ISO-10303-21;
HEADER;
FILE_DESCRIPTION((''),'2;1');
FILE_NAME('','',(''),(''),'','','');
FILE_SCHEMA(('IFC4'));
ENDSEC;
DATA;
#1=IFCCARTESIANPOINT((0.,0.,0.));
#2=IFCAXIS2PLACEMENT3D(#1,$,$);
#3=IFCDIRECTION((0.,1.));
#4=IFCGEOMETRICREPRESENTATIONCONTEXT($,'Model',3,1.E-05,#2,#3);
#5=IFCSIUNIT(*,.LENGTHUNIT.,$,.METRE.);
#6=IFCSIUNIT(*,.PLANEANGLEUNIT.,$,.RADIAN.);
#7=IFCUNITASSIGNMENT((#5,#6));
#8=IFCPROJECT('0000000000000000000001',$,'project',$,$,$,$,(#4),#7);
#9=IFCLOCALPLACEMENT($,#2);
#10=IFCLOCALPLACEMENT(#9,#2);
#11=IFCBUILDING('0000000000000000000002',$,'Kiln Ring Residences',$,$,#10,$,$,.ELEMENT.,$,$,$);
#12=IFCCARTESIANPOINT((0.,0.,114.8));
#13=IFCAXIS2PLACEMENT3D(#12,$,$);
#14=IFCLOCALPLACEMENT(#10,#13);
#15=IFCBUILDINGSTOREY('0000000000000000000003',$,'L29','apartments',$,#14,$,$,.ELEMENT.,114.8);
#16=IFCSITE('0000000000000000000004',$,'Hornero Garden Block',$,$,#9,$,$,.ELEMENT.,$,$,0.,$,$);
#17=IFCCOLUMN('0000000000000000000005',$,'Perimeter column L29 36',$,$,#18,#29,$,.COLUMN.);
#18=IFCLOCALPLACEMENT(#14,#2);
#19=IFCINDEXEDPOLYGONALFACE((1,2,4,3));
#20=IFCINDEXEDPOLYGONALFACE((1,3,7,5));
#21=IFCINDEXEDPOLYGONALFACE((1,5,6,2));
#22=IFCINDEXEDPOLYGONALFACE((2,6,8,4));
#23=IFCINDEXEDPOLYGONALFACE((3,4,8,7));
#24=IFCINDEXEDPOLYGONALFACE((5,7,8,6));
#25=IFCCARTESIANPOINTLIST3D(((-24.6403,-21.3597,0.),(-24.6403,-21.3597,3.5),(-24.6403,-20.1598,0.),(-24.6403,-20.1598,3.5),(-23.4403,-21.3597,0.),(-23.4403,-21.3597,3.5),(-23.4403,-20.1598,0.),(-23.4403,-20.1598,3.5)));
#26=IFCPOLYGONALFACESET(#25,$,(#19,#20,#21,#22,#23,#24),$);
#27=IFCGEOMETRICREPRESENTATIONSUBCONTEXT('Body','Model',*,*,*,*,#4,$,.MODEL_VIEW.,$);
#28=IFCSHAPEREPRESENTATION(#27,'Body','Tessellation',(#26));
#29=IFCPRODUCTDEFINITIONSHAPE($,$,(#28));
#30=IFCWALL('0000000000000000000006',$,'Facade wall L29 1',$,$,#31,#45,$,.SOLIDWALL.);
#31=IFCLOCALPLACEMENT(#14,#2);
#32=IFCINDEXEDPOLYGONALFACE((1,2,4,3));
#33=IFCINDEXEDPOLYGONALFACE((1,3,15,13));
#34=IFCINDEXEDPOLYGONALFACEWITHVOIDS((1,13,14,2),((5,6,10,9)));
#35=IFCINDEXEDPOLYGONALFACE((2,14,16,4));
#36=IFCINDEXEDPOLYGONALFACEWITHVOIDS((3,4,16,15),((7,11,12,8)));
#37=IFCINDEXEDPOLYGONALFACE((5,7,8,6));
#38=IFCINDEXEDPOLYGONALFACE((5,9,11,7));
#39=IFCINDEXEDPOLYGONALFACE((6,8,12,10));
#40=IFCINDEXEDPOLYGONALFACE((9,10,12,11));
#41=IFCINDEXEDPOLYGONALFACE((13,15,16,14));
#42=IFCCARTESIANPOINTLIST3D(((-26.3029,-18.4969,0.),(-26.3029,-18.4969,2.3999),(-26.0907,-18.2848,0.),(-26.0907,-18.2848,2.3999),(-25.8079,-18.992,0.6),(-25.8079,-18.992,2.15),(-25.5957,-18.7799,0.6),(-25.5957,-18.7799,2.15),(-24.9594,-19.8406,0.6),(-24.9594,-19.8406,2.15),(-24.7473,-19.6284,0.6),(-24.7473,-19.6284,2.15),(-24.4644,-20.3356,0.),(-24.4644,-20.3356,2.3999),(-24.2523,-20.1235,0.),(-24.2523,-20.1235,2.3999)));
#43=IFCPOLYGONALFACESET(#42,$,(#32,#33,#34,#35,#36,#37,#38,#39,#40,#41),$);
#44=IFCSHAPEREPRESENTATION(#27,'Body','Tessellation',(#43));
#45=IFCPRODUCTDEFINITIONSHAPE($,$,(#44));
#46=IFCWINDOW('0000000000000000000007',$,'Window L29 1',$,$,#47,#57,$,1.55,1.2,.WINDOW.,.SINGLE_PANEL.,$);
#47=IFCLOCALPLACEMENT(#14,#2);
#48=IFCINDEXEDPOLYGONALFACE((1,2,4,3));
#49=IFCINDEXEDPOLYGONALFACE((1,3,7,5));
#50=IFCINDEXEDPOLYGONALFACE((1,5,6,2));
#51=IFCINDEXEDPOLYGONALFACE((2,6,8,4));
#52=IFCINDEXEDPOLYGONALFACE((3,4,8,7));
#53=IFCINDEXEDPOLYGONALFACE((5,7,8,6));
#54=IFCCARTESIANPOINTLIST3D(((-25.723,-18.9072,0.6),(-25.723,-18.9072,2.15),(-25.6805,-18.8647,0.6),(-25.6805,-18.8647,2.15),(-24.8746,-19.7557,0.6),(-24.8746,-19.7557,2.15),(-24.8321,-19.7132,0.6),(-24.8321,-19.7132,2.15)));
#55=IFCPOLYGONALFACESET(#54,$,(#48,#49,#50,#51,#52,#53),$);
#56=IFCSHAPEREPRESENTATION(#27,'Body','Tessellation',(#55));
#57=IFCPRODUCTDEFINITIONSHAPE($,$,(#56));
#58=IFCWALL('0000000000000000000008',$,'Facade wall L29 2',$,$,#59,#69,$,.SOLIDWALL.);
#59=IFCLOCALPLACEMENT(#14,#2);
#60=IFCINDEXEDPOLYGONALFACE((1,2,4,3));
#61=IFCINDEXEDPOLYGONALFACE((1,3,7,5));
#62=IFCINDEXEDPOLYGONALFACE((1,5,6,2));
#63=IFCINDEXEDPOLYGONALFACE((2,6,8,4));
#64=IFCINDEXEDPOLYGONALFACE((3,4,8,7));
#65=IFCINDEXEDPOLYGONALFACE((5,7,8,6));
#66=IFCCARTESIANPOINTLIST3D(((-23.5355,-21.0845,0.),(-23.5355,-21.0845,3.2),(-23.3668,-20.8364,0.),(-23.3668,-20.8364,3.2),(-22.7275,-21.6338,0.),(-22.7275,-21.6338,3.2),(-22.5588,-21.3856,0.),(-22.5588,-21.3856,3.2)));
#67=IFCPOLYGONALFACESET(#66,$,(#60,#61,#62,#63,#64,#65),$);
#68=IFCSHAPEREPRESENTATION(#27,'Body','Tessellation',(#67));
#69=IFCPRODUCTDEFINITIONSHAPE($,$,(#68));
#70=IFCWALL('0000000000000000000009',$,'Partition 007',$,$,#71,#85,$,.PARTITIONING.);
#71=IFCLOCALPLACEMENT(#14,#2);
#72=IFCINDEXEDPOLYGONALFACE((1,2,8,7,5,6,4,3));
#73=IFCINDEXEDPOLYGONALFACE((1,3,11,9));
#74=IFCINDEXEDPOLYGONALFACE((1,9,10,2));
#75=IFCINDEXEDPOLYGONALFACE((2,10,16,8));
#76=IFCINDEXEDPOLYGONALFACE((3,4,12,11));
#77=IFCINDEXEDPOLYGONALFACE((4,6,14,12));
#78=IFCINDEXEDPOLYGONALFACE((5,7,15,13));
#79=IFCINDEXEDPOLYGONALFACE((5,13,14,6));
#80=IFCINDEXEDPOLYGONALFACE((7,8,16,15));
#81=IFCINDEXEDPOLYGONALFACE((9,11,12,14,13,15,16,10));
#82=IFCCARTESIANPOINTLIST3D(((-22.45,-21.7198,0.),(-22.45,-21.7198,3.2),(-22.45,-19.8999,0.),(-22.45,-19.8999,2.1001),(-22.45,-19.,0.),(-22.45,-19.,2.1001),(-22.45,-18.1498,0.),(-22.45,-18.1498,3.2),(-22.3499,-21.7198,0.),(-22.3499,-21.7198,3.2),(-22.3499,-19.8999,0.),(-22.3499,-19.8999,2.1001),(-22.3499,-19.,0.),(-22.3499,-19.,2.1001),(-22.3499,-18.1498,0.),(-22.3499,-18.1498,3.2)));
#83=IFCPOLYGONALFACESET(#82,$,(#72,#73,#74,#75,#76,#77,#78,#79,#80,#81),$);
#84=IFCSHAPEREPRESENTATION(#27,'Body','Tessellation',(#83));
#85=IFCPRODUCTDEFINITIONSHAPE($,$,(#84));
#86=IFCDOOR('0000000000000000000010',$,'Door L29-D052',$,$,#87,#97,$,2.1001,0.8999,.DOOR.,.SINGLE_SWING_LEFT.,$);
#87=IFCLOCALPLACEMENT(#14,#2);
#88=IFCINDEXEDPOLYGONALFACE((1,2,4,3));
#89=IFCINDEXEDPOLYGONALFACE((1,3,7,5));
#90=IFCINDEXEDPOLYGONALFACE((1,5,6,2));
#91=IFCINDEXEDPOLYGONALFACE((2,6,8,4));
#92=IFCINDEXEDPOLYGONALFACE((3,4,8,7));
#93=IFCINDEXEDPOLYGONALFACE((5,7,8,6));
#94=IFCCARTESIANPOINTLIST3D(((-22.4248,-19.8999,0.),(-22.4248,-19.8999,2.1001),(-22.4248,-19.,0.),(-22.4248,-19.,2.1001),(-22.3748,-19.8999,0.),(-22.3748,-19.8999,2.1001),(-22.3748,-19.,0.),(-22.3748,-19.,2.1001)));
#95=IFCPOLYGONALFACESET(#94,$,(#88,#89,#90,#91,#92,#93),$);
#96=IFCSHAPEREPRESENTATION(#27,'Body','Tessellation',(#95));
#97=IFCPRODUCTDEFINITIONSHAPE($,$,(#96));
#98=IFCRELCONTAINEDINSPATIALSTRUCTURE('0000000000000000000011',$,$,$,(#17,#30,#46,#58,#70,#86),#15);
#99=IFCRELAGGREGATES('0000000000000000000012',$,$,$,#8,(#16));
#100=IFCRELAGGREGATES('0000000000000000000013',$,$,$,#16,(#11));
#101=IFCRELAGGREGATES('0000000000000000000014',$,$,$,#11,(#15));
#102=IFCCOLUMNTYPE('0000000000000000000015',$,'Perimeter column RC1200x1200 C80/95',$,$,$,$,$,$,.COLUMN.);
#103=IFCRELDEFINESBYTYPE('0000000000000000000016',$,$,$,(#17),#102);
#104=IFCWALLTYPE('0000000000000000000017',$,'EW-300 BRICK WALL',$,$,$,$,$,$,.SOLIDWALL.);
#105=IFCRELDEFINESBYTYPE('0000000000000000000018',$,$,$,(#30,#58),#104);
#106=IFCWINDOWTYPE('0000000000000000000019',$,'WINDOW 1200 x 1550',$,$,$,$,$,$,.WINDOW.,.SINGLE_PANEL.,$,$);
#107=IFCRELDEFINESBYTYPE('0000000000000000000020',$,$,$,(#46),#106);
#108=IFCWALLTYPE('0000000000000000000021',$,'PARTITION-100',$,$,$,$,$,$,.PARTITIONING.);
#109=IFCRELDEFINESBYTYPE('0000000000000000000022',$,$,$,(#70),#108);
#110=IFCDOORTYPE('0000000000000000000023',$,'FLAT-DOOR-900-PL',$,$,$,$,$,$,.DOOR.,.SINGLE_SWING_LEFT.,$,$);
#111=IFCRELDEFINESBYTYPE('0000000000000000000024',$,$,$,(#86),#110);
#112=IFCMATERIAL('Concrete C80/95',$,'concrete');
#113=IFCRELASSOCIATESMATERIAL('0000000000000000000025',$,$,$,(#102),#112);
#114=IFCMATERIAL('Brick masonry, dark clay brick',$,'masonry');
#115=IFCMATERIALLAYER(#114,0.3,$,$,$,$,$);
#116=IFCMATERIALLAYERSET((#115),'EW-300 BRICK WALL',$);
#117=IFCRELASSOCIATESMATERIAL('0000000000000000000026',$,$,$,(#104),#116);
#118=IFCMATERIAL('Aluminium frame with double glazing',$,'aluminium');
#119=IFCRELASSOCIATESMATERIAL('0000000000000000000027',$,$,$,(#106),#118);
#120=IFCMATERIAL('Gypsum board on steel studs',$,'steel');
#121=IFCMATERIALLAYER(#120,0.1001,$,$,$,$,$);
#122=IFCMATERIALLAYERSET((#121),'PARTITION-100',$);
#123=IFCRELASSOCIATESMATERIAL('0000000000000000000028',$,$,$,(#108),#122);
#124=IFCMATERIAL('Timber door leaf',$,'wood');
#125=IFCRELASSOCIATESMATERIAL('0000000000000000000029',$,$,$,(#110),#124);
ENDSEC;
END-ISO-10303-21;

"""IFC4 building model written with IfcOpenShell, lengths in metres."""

from ifc_helpers import new_model, si_unit, direction, frame, frame_2d, origin, origin_2d, place, context, subcontext, project, spatial, rectangle, extrude, material, layer, layer_set, material_profile, profile_set, type_object, element, fill, save


model = new_model("IFC4")

# Units and contexts
model_context = context("Model", 3, precision=1e-05, world=origin(), true_north=direction((0.0, 1.0)))
body_context = subcontext(model_context, "Body", "Model", "MODEL_VIEW")
ifc_project = project(units=[si_unit("LENGTHUNIT", "METRE"), si_unit("PLANEANGLEUNIT", "RADIAN")], contexts=[model_context])

# Site, building, storey
site_placement = place(None, origin())
site = spatial("IfcSite", under=ifc_project, at=site_placement, Name="Hornero Garden Block", CompositionType="ELEMENT", RefElevation=0.0)
building_placement = place(site_placement, origin())
building = spatial("IfcBuilding", under=site, at=building_placement, Name="Kiln Ring Residences", CompositionType="ELEMENT")
storey_placement = place(building_placement, frame((0.0, 0.0, 114.8)))
storey = spatial("IfcBuildingStorey", under=building, at=storey_placement, Name="L29", Description="apartments", CompositionType="ELEMENT", Elevation=114.8)

# Column
ifc_material_1 = material(Name="Concrete C80/95", Category="concrete")
ifc_material_profile = material_profile(ifc_material_1, rectangle(XDim=1.2, YDim=1.2, at=origin_2d()), Name="RC1200x1200")
ifc_profile_set = profile_set([ifc_material_profile], Name="Concrete C80/95")
column_type = type_object("IfcColumnType", Name="Perimeter column RC1200x1200 C80/95", PredefinedType="COLUMN", material=ifc_profile_set)
column_placement = place(storey_placement, frame((-24.0403, -20.7598, 0.0), z_axis=(0.0, 0.0, 1.0), x_axis=(1.0, 0.0, 0.0)))
element("IfcColumn", 1, at=column_placement, inside=storey, type_object=column_type, Name="Perimeter column L29 36", PredefinedType="COLUMN", context=body_context, shape_type="SweptSolid", body=[
    extrude(rectangle(XDim=1.2, YDim=1.2, at=origin_2d()), origin(), (0.0, 0.0, 1.0), 3.5),
])

# Wall, opening, window
ifc_material_2 = material(Name="Brick masonry, dark clay brick", Category="masonry")
ifc_layer_1 = layer(ifc_material_2, 0.3)
ifc_layer_set_1 = layer_set([ifc_layer_1], Name="EW-300 BRICK WALL")
wall_type_1 = type_object("IfcWallType", Name="EW-300 BRICK WALL", PredefinedType="SOLIDWALL", material=ifc_layer_set_1)
wall_1_placement = place(storey_placement, frame((-26.1968, -18.3909, 0.0), z_axis=(0.0, 0.0, 1.0), x_axis=(0.70706, -0.707154, 0.0)))
wall_1 = element("IfcWall", 2, at=wall_1_placement, inside=storey, type_object=wall_type_1, Name="Facade wall L29 1", PredefinedType="SOLIDWALL", context=body_context, shape_type="SweptSolid", body=[
    extrude(rectangle(XDim=2.6001, YDim=0.3, at=frame_2d((1.3, 0.0))), origin(), (0.0, 0.0, 1.0), 2.3999),
])
opening_1_placement = place(wall_1_placement, frame((0.7, 0.0, 0.6001)))
opening_1 = element("IfcOpeningElement", 3, at=opening_1_placement, cuts=wall_1, PredefinedType="OPENING", context=body_context, shape_type="SweptSolid", body=[
    extrude(rectangle(XDim=1.2, YDim=1.55, at=frame_2d((0.6001, 0.7749))), frame((0.0, 0.1599, 0.0), z_axis=(0.0, -1.0, 0.0), x_axis=(1.0, 0.0, 0.0)), (0.0, 0.0, 1.0), 0.3201),
])
ifc_material_3 = material(Name="Aluminium frame with double glazing", Category="aluminium")
window_type = type_object("IfcWindowType", Name="WINDOW 1200 x 1550", PartitioningType="SINGLE_PANEL", PredefinedType="WINDOW", material=ifc_material_3)
window_placement = place(opening_1_placement, origin())
window = element("IfcWindow", 4, at=window_placement, inside=storey, type_object=window_type, Name="Window L29 1", OverallHeight=1.55, OverallWidth=1.2, PartitioningType="SINGLE_PANEL", PredefinedType="WINDOW", context=body_context, shape_type="SweptSolid", body=[
    extrude(rectangle(XDim=1.2, YDim=1.55, at=frame_2d((0.6001, 0.7749))), frame((0.0, 0.03, 0.0), z_axis=(0.0, -1.0, 0.0), x_axis=(1.0, 0.0, 0.0)), (0.0, 0.0, 1.0), 0.0601),
])
fill(opening_1, window)

# Wall
wall_2_placement = place(storey_placement, frame((-23.4512, -20.9604, 0.0), z_axis=(0.0, 0.0, 1.0), x_axis=(0.827019, -0.562173, 0.0)))
element("IfcWall", 5, at=wall_2_placement, inside=storey, type_object=wall_type_1, Name="Facade wall L29 2", PredefinedType="SOLIDWALL", context=body_context, shape_type="SweptSolid", body=[
    extrude(rectangle(XDim=0.9771, YDim=0.3, at=frame_2d((0.4885, 0.0))), origin(), (0.0, 0.0, 1.0), 3.2),
])

# Shared definitions
ifc_material_4 = material(Name="Gypsum board on steel studs", Category="steel")
ifc_layer_2 = layer(ifc_material_4, 0.1001)
ifc_layer_set_2 = layer_set([ifc_layer_2], Name="PARTITION-100")
wall_type_2 = type_object("IfcWallType", Name="PARTITION-100", PredefinedType="PARTITIONING", material=ifc_layer_set_2)
ifc_material_5 = material(Name="Timber door leaf", Category="wood")
door_type_1 = type_object("IfcDoorType", Name="FLAT-DOOR-900-PL", OperationType="SINGLE_SWING_LEFT", PredefinedType="DOOR", material=ifc_material_5)

# Wall, opening, door
wall_3_placement = place(storey_placement, frame((-22.3999, -21.72, 0.0), z_axis=(0.0, 0.0, 1.0), x_axis=(0.0, 1.0, 0.0)))
wall_3 = element("IfcWall", 6, at=wall_3_placement, inside=storey, type_object=wall_type_2, Name="Partition 007", PredefinedType="PARTITIONING", context=body_context, shape_type="SweptSolid", body=[
    extrude(rectangle(XDim=3.5701, YDim=0.1001, at=frame_2d((1.7852, 0.0))), origin(), (0.0, 0.0, 1.0), 3.2),
])
opening_2_placement = place(wall_3_placement, frame((1.8201, 0.0, 0.0)))
opening_2 = element("IfcOpeningElement", 7, at=opening_2_placement, cuts=wall_3, PredefinedType="OPENING", context=body_context, shape_type="SweptSolid", body=[
    extrude(rectangle(XDim=0.8999, YDim=2.1001, at=frame_2d((0.45, 1.05))), frame((0.0, 0.0601, 0.0), z_axis=(0.0, -1.0, 0.0), x_axis=(1.0, 0.0, 0.0)), (0.0, 0.0, 1.0), 0.1201),
])
door_1_placement = place(opening_2_placement, origin())
door_1 = element("IfcDoor", 8, at=door_1_placement, inside=storey, type_object=door_type_1, Name="Door L29-D052", OperationType="SINGLE_SWING_LEFT", OverallHeight=2.1001, OverallWidth=0.8999, PredefinedType="DOOR", context=body_context, shape_type="SweptSolid", body=[
    extrude(rectangle(XDim=0.8999, YDim=2.1001, at=frame_2d((0.45, 1.05))), frame((0.0, 0.0249, 0.0), z_axis=(0.0, -1.0, 0.0), x_axis=(1.0, 0.0, 0.0)), (0.0, 0.0, 1.0), 0.05),
])
fill(opening_2, door_1)

save(model, "model.ifc")
